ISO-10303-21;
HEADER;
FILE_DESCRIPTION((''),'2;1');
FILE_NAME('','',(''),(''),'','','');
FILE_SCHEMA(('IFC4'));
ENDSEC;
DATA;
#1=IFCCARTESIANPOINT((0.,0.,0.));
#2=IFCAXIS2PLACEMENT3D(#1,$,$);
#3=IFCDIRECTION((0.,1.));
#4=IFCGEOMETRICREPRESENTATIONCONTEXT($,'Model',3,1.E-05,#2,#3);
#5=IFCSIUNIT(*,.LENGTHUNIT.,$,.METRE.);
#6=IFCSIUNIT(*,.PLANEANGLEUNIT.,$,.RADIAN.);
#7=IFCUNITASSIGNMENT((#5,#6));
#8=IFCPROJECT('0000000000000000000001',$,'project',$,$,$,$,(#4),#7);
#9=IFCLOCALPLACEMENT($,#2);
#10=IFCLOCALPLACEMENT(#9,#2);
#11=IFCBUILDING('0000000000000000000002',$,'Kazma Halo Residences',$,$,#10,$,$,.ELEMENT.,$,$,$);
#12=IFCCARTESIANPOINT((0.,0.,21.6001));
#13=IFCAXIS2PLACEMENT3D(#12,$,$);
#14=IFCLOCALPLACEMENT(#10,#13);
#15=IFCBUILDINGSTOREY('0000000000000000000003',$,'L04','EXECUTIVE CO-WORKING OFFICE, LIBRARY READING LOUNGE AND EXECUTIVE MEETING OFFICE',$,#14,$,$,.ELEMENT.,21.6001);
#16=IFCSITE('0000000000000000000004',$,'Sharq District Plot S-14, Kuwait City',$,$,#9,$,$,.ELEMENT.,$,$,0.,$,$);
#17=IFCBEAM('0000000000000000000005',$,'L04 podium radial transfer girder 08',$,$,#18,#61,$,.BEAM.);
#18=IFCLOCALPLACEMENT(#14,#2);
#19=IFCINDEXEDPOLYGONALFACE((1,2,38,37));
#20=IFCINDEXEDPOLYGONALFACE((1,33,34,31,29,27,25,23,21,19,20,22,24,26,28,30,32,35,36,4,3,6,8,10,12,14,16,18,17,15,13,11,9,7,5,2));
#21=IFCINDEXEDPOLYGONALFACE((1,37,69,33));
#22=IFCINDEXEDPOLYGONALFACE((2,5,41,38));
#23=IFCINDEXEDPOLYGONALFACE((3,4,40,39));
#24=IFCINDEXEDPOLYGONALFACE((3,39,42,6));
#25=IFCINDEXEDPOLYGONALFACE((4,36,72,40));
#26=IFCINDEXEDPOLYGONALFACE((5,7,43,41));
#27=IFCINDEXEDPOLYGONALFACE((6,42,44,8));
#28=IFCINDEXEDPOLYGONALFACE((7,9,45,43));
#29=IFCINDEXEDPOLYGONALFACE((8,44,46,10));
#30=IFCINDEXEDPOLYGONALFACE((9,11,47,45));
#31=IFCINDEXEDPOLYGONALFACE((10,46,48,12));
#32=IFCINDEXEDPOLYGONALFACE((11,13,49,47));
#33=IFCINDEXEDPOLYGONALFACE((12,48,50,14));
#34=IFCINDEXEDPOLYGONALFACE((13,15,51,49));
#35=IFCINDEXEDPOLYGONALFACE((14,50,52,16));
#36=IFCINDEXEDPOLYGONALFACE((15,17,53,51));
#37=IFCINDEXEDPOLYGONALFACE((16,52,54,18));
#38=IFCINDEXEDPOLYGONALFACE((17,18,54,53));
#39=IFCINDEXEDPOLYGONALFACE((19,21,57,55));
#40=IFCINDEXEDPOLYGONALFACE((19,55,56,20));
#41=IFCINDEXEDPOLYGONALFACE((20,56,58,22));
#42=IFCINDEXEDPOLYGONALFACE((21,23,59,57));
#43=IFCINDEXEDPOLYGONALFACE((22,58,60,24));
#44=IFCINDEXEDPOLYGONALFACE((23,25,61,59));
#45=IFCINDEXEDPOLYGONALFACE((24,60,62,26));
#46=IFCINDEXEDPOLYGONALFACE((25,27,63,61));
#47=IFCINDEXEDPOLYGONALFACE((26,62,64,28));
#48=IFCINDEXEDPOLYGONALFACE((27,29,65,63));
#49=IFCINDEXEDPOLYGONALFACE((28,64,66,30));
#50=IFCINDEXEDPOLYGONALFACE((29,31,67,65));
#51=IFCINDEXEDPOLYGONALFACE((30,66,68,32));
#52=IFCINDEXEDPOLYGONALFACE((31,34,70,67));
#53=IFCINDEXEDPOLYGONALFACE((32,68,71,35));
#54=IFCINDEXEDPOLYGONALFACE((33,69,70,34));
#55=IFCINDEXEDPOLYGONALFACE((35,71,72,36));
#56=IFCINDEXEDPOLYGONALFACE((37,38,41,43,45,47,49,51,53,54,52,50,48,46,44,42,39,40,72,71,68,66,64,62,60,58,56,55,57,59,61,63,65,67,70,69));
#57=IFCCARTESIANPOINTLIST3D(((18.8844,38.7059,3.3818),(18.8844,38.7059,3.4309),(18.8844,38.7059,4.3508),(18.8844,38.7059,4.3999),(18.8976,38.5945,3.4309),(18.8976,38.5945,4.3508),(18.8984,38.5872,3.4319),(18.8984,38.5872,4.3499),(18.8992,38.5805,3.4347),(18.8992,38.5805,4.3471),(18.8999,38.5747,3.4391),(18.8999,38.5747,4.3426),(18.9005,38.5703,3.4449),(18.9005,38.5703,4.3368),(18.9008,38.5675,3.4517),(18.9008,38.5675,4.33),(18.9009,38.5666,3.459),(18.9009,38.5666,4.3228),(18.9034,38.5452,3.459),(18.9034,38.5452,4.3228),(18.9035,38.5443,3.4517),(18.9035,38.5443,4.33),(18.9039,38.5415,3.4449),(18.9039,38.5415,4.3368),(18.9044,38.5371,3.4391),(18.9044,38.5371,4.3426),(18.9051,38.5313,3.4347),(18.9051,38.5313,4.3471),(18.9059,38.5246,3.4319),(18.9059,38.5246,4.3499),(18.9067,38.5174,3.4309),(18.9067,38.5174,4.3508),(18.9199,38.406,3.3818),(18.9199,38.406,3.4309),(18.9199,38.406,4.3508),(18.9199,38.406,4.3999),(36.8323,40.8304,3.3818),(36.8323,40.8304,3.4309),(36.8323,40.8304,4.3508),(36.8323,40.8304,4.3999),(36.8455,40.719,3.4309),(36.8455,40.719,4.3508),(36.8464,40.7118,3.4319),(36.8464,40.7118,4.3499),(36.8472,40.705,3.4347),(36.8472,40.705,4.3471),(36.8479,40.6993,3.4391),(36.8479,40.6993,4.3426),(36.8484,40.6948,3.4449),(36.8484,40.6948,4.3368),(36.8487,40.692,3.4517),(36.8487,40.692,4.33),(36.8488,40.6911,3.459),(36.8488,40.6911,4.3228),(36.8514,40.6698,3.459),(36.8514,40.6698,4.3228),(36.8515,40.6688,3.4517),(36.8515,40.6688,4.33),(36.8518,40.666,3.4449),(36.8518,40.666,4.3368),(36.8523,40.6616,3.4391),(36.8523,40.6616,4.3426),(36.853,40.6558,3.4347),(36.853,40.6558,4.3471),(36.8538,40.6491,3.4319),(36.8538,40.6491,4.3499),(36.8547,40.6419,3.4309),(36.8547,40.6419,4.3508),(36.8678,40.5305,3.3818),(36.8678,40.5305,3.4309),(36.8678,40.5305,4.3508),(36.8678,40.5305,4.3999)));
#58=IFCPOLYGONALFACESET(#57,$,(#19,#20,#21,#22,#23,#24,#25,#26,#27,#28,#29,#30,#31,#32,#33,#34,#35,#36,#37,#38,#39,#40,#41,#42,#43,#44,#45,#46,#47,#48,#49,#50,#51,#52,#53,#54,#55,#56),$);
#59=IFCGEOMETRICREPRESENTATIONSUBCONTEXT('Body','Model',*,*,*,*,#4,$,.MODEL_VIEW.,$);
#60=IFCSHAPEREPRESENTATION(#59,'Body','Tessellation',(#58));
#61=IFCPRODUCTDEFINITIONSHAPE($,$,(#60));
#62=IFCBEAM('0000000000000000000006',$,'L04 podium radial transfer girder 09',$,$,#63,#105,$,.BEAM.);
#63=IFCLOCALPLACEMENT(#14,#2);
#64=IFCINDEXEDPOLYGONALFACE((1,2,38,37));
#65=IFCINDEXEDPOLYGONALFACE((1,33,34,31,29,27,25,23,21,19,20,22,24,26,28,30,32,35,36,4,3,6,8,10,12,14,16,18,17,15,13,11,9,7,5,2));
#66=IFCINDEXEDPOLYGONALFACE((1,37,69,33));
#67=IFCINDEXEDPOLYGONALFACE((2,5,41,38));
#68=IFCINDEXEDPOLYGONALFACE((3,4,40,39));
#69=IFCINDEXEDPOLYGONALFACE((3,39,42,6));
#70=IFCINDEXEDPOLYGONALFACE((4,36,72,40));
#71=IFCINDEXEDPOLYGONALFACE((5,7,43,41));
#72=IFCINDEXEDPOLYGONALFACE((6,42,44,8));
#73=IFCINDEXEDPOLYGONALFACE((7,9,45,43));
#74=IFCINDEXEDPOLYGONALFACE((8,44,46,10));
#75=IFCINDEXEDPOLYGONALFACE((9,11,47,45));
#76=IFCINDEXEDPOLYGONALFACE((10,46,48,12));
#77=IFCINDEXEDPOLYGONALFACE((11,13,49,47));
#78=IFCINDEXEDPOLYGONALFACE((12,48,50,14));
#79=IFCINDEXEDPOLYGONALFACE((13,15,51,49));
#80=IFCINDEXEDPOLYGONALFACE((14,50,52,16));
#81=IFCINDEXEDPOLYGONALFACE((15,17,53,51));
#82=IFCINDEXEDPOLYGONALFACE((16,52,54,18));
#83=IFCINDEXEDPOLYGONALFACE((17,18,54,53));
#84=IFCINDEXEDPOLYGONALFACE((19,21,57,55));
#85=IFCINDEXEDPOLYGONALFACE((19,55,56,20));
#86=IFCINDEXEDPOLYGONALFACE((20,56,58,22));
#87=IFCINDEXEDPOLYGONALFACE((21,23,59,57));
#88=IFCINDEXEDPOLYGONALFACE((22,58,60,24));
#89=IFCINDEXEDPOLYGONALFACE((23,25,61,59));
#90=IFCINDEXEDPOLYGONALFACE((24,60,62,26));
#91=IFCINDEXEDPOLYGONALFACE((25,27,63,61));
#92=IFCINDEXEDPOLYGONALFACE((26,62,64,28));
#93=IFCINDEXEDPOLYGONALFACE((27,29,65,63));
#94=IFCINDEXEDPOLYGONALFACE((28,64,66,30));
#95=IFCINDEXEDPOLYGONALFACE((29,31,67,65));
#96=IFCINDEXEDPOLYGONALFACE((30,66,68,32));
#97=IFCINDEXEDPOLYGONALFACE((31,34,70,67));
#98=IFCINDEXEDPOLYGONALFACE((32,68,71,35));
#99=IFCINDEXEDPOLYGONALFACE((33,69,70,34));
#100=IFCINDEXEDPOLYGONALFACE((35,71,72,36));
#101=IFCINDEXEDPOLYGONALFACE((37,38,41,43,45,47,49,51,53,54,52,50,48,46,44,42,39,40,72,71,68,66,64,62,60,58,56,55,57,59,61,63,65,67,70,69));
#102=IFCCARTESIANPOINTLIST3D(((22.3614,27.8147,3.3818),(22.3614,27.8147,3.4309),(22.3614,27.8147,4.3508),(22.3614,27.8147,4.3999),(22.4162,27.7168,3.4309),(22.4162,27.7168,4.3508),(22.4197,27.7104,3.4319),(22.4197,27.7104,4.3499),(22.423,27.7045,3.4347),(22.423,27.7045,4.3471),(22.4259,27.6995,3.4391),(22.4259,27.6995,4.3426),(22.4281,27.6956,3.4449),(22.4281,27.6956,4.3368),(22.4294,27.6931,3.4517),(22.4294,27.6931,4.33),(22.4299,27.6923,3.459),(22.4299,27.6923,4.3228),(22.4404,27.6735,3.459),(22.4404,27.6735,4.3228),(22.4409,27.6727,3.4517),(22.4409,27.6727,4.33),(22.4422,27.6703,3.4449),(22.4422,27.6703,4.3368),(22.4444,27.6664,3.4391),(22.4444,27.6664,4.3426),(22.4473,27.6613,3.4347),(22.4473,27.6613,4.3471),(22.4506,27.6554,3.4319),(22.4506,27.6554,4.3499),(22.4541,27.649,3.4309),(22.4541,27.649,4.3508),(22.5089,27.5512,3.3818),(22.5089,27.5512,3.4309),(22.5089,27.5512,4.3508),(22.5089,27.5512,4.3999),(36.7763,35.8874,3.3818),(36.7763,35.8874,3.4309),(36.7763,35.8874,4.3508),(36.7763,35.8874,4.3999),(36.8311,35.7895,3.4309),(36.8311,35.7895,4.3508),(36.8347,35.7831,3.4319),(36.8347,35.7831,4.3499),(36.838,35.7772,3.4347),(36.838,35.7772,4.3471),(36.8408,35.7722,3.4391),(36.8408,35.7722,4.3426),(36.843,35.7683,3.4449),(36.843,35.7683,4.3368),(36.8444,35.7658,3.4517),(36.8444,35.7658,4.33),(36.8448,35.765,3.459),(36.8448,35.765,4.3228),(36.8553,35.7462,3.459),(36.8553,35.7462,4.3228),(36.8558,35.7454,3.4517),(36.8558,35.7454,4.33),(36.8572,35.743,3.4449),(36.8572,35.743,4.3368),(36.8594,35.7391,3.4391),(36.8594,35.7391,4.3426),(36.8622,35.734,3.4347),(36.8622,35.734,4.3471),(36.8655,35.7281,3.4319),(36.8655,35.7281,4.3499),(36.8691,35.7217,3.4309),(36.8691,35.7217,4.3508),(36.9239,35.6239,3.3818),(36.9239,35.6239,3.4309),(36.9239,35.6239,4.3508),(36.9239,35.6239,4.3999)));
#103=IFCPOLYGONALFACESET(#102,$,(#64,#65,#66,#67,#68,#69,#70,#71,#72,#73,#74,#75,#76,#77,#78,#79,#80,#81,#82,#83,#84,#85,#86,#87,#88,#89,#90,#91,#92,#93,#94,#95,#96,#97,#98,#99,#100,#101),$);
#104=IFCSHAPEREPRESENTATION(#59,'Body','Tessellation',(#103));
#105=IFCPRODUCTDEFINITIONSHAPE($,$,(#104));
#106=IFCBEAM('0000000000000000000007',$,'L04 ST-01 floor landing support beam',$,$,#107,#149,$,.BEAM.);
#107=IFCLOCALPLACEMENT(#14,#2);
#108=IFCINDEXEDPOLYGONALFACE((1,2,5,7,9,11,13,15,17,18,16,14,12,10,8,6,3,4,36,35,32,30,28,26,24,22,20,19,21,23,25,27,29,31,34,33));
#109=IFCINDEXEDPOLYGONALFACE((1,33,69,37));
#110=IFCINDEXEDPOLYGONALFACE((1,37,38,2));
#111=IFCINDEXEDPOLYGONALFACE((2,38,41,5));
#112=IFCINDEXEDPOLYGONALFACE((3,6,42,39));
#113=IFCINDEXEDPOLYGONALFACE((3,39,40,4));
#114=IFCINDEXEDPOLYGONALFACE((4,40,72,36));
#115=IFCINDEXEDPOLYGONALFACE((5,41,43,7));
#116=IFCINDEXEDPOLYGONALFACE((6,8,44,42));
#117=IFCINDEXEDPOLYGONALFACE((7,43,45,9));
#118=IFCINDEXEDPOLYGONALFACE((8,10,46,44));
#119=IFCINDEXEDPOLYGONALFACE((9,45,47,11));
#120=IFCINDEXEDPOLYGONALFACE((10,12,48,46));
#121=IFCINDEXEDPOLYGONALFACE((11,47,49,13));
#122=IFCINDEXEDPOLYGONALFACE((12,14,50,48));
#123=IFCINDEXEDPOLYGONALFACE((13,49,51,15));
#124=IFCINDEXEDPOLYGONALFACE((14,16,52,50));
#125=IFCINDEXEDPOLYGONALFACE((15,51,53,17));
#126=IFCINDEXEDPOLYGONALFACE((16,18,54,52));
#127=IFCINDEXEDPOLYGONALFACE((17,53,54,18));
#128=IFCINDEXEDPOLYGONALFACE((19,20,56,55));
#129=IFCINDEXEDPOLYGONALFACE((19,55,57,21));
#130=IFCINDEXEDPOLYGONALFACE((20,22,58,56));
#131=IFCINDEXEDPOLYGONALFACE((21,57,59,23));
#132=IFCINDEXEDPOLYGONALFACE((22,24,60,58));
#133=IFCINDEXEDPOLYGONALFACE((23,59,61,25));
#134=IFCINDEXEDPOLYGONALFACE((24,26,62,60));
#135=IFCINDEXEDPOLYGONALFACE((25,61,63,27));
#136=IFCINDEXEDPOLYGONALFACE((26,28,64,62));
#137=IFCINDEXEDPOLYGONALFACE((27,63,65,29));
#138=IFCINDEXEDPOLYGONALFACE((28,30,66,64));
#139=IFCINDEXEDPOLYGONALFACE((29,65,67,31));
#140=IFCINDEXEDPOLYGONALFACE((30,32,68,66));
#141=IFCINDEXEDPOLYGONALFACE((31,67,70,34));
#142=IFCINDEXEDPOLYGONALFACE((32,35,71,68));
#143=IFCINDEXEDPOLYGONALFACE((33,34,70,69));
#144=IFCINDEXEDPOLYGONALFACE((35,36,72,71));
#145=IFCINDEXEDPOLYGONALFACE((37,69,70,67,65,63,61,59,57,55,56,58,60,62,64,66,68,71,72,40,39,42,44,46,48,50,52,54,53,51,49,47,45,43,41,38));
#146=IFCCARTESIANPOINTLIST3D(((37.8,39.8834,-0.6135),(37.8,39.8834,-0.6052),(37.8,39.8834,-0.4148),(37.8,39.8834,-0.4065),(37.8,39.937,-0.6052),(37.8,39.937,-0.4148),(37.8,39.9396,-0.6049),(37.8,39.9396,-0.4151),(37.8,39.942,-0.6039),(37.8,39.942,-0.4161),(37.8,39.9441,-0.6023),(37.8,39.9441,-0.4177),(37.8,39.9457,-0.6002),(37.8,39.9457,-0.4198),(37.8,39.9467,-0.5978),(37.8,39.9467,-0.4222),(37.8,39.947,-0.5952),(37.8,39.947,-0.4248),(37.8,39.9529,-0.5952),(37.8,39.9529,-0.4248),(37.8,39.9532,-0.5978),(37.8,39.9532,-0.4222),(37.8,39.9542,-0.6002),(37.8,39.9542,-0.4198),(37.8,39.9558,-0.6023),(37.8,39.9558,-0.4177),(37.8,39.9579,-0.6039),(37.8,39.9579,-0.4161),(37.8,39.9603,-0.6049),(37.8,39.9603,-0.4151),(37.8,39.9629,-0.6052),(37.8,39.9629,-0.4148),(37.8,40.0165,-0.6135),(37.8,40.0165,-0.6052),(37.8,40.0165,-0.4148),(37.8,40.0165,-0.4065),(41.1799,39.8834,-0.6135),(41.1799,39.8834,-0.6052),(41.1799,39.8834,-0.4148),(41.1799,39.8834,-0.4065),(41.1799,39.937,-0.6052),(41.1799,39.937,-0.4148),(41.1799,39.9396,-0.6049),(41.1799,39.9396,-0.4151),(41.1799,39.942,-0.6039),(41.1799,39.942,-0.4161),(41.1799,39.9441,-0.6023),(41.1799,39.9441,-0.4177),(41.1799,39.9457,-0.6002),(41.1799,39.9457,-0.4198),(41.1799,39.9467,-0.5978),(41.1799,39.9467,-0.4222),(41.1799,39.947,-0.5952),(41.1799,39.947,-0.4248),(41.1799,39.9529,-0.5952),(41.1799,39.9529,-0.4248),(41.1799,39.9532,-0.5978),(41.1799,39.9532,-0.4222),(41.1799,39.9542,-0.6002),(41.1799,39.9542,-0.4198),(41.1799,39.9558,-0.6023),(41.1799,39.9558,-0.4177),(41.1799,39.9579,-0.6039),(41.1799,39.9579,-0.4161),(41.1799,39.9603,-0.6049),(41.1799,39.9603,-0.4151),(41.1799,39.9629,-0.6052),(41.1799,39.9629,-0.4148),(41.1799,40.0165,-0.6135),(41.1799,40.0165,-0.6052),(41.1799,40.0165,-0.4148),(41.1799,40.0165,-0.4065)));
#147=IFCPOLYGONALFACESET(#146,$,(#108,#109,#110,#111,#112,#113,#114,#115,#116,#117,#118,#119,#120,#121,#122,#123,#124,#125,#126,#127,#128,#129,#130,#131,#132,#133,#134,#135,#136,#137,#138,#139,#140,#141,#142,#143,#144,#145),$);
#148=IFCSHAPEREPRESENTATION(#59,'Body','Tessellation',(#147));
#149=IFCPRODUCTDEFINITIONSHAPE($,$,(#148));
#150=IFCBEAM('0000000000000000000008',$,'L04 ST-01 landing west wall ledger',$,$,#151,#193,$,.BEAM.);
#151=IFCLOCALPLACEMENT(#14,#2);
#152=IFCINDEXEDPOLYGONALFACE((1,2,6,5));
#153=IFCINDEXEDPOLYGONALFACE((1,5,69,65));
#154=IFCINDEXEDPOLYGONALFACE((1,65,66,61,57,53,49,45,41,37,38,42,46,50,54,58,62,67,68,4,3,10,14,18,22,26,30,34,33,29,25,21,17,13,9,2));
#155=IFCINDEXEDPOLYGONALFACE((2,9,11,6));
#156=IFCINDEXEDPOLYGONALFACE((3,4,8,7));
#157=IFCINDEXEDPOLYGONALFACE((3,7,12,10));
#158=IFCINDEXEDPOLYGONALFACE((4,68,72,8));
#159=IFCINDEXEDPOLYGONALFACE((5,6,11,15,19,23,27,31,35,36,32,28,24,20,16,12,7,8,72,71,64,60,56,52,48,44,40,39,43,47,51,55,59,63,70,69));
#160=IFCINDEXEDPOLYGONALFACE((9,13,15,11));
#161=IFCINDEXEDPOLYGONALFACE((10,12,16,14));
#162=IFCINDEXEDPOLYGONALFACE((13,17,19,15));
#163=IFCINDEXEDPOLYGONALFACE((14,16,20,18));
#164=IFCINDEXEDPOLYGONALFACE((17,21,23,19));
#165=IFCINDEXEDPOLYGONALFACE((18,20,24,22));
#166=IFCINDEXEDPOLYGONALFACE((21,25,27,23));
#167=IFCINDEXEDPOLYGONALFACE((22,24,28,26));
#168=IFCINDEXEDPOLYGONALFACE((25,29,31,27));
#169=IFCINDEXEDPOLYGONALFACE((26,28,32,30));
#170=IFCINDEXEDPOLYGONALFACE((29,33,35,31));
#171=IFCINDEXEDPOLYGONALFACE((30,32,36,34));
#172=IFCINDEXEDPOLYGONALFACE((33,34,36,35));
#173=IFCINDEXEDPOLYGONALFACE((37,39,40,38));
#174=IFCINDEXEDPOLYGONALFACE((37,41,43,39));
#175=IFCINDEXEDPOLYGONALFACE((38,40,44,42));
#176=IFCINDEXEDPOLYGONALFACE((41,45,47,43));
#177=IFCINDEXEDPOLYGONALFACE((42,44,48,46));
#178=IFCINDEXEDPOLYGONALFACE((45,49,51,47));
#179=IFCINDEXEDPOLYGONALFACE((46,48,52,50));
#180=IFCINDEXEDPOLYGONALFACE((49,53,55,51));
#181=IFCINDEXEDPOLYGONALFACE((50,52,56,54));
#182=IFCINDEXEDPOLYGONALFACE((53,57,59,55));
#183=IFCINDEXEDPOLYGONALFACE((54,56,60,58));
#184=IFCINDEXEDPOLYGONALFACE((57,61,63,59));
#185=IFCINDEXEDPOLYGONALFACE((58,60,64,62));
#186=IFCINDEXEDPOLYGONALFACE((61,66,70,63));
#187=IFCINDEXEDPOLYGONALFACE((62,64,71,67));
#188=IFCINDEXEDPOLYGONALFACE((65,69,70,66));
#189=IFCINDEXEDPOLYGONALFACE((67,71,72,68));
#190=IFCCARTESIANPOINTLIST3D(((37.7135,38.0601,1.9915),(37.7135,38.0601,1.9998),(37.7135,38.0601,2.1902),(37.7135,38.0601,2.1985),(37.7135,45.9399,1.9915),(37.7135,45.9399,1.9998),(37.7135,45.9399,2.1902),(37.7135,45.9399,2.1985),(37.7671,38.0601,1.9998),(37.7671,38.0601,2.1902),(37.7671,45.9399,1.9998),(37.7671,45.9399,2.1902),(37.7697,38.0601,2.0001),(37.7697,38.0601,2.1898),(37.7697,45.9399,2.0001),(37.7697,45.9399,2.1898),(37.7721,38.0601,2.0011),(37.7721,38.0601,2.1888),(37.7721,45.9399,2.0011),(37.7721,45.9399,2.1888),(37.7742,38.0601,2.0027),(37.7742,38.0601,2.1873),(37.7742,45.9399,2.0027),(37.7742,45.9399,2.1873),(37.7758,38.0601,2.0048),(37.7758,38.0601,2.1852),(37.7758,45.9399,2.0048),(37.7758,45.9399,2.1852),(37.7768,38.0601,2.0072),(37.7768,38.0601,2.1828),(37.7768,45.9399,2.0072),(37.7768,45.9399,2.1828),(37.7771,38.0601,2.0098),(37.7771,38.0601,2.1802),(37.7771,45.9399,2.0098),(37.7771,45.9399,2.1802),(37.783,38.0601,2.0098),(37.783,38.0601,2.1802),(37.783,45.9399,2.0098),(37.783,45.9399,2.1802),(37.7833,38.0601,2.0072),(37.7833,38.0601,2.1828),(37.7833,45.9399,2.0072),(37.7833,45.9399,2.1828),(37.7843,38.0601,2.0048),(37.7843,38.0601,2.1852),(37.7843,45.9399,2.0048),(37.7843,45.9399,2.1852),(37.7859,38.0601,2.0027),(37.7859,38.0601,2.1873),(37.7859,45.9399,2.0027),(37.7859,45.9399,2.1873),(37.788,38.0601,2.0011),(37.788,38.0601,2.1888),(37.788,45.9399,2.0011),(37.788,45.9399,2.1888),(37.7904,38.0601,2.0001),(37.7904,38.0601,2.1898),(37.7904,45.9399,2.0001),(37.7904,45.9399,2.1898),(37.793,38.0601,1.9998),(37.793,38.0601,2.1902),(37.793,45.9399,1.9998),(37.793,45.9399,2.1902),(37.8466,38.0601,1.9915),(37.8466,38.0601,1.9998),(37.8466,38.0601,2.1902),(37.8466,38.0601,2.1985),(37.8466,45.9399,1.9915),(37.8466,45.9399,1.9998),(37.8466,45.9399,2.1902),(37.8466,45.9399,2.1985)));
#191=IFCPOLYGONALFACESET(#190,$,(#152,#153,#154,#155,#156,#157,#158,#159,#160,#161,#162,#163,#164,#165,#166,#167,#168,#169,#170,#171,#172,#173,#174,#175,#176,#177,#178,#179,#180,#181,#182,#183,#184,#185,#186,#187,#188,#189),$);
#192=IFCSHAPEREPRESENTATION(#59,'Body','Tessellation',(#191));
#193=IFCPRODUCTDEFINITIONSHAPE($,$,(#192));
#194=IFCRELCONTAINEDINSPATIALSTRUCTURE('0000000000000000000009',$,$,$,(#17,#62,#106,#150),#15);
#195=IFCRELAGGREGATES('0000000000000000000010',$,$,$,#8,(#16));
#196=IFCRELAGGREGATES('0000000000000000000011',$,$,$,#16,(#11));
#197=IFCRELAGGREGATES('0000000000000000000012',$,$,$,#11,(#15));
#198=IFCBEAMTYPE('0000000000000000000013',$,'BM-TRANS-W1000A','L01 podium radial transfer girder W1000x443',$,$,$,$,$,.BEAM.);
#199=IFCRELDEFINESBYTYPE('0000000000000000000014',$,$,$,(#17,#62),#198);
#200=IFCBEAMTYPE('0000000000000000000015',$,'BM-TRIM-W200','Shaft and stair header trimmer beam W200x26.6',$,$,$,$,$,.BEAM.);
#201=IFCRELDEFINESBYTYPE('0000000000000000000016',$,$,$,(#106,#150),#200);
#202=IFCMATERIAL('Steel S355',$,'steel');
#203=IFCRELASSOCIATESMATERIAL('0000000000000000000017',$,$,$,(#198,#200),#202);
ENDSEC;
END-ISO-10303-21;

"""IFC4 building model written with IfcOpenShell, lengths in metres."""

from ifc_helpers import new_model, si_unit, direction, frame, origin, origin_2d, place, context, subcontext, project, spatial, i_section, extrude, material, material_profile, profile_set, type_object, element, save


model = new_model("IFC4")

# Units and contexts
model_context = context("Model", 3, precision=1e-05, world=origin(), true_north=direction((0.0, 1.0)))
body_context = subcontext(model_context, "Body", "Model", "MODEL_VIEW")
ifc_project = project(units=[si_unit("LENGTHUNIT", "METRE"), si_unit("PLANEANGLEUNIT", "RADIAN")], contexts=[model_context])

# Site, building, storey
site_placement = place(None, origin())
site = spatial("IfcSite", under=ifc_project, at=site_placement, Name="Sharq District Plot S-14, Kuwait City", CompositionType="ELEMENT", RefElevation=0.0)
building_placement = place(site_placement, origin())
building = spatial("IfcBuilding", under=site, at=building_placement, Name="Kazma Halo Residences", CompositionType="ELEMENT")
storey_placement = place(building_placement, frame((0.0, 0.0, 21.6001)))
storey = spatial("IfcBuildingStorey", under=building, at=storey_placement, Name="L04", Description="EXECUTIVE CO-WORKING OFFICE, LIBRARY READING LOUNGE AND EXECUTIVE MEETING OFFICE", CompositionType="ELEMENT", Elevation=21.6001)

# Beams
ifc_material_1 = material(Name="Steel S355", Category="steel")
ifc_material_profile_1 = material_profile(ifc_material_1, i_section(OverallWidth=0.302, OverallDepth=1.0181, WebThickness=0.0215, FlangeThickness=0.0491, FilletRadius=0.0281, at=origin_2d()), Name="W1000x443")
ifc_profile_set_1 = profile_set([ifc_material_profile_1], Name="Steel S355")
beam_type_1 = type_object("IfcBeamType", Name="BM-TRANS-W1000A", Description="L01 podium radial transfer girder W1000x443", PredefinedType="BEAM", material=ifc_profile_set_1)
beam_1_placement = place(storey_placement, frame((36.8501, 40.6804, 3.8909), z_axis=(-0.993067, -0.11755, 0.0), x_axis=(0.11755, -0.993067, 0.0)))
element("IfcBeam", 1, at=beam_1_placement, inside=storey, type_object=beam_type_1, Name="L04 podium radial transfer girder 08", PredefinedType="BEAM", context=body_context, shape_type="SweptSolid", body=[
    extrude(i_section(OverallWidth=0.302, OverallDepth=1.0181, WebThickness=0.0215, FlangeThickness=0.0491, FilletRadius=0.0281, at=origin_2d()), origin(), (0.0, 0.0, 1.0), 18.0732),
])
beam_2_placement = place(storey_placement, frame((36.8501, 35.7556, 3.8909), z_axis=(-0.872497, -0.488619, 0.0), x_axis=(0.488619, -0.872497, 0.0)))
element("IfcBeam", 2, at=beam_2_placement, inside=storey, type_object=beam_type_1, Name="L04 podium radial transfer girder 09", PredefinedType="BEAM", context=body_context, shape_type="SweptSolid", body=[
    extrude(i_section(OverallWidth=0.302, OverallDepth=1.0181, WebThickness=0.0215, FlangeThickness=0.0491, FilletRadius=0.0281, at=origin_2d()), origin(), (0.0, 0.0, 1.0), 16.5215),
])
ifc_material_profile_2 = material_profile(ifc_material_1, i_section(OverallWidth=0.1331, OverallDepth=0.207, WebThickness=0.0059, FlangeThickness=0.0083, FilletRadius=0.01, at=origin_2d()), Name="W200x26.6")
ifc_profile_set_2 = profile_set([ifc_material_profile_2], Name="Steel S355")
beam_type_2 = type_object("IfcBeamType", Name="BM-TRIM-W200", Description="Shaft and stair header trimmer beam W200x26.6", PredefinedType="BEAM", material=ifc_profile_set_2)
beam_3_placement = place(storey_placement, frame((37.8, 39.95, -0.51), z_axis=(1.0, 0.0, 0.0), x_axis=(0.0, 1.0, 0.0)))
element("IfcBeam", 3, at=beam_3_placement, inside=storey, type_object=beam_type_2, Name="L04 ST-01 floor landing support beam", PredefinedType="BEAM", context=body_context, shape_type="SweptSolid", body=[
    extrude(i_section(OverallWidth=0.1331, OverallDepth=0.207, WebThickness=0.0059, FlangeThickness=0.0083, FilletRadius=0.01, at=origin_2d()), origin(), (0.0, 0.0, 1.0), 3.3799),
])
beam_4_placement = place(storey_placement, frame((37.78, 38.0601, 2.095), z_axis=(0.0, 1.0, 0.0), x_axis=(-1.0, 0.0, 0.0)))
element("IfcBeam", 4, at=beam_4_placement, inside=storey, type_object=beam_type_2, Name="L04 ST-01 landing west wall ledger", PredefinedType="BEAM", context=body_context, shape_type="SweptSolid", body=[
    extrude(i_section(OverallWidth=0.1331, OverallDepth=0.207, WebThickness=0.0059, FlangeThickness=0.0083, FilletRadius=0.01, at=origin_2d()), origin(), (0.0, 0.0, 1.0), 7.8799),
])

save(model, "model.ifc")
